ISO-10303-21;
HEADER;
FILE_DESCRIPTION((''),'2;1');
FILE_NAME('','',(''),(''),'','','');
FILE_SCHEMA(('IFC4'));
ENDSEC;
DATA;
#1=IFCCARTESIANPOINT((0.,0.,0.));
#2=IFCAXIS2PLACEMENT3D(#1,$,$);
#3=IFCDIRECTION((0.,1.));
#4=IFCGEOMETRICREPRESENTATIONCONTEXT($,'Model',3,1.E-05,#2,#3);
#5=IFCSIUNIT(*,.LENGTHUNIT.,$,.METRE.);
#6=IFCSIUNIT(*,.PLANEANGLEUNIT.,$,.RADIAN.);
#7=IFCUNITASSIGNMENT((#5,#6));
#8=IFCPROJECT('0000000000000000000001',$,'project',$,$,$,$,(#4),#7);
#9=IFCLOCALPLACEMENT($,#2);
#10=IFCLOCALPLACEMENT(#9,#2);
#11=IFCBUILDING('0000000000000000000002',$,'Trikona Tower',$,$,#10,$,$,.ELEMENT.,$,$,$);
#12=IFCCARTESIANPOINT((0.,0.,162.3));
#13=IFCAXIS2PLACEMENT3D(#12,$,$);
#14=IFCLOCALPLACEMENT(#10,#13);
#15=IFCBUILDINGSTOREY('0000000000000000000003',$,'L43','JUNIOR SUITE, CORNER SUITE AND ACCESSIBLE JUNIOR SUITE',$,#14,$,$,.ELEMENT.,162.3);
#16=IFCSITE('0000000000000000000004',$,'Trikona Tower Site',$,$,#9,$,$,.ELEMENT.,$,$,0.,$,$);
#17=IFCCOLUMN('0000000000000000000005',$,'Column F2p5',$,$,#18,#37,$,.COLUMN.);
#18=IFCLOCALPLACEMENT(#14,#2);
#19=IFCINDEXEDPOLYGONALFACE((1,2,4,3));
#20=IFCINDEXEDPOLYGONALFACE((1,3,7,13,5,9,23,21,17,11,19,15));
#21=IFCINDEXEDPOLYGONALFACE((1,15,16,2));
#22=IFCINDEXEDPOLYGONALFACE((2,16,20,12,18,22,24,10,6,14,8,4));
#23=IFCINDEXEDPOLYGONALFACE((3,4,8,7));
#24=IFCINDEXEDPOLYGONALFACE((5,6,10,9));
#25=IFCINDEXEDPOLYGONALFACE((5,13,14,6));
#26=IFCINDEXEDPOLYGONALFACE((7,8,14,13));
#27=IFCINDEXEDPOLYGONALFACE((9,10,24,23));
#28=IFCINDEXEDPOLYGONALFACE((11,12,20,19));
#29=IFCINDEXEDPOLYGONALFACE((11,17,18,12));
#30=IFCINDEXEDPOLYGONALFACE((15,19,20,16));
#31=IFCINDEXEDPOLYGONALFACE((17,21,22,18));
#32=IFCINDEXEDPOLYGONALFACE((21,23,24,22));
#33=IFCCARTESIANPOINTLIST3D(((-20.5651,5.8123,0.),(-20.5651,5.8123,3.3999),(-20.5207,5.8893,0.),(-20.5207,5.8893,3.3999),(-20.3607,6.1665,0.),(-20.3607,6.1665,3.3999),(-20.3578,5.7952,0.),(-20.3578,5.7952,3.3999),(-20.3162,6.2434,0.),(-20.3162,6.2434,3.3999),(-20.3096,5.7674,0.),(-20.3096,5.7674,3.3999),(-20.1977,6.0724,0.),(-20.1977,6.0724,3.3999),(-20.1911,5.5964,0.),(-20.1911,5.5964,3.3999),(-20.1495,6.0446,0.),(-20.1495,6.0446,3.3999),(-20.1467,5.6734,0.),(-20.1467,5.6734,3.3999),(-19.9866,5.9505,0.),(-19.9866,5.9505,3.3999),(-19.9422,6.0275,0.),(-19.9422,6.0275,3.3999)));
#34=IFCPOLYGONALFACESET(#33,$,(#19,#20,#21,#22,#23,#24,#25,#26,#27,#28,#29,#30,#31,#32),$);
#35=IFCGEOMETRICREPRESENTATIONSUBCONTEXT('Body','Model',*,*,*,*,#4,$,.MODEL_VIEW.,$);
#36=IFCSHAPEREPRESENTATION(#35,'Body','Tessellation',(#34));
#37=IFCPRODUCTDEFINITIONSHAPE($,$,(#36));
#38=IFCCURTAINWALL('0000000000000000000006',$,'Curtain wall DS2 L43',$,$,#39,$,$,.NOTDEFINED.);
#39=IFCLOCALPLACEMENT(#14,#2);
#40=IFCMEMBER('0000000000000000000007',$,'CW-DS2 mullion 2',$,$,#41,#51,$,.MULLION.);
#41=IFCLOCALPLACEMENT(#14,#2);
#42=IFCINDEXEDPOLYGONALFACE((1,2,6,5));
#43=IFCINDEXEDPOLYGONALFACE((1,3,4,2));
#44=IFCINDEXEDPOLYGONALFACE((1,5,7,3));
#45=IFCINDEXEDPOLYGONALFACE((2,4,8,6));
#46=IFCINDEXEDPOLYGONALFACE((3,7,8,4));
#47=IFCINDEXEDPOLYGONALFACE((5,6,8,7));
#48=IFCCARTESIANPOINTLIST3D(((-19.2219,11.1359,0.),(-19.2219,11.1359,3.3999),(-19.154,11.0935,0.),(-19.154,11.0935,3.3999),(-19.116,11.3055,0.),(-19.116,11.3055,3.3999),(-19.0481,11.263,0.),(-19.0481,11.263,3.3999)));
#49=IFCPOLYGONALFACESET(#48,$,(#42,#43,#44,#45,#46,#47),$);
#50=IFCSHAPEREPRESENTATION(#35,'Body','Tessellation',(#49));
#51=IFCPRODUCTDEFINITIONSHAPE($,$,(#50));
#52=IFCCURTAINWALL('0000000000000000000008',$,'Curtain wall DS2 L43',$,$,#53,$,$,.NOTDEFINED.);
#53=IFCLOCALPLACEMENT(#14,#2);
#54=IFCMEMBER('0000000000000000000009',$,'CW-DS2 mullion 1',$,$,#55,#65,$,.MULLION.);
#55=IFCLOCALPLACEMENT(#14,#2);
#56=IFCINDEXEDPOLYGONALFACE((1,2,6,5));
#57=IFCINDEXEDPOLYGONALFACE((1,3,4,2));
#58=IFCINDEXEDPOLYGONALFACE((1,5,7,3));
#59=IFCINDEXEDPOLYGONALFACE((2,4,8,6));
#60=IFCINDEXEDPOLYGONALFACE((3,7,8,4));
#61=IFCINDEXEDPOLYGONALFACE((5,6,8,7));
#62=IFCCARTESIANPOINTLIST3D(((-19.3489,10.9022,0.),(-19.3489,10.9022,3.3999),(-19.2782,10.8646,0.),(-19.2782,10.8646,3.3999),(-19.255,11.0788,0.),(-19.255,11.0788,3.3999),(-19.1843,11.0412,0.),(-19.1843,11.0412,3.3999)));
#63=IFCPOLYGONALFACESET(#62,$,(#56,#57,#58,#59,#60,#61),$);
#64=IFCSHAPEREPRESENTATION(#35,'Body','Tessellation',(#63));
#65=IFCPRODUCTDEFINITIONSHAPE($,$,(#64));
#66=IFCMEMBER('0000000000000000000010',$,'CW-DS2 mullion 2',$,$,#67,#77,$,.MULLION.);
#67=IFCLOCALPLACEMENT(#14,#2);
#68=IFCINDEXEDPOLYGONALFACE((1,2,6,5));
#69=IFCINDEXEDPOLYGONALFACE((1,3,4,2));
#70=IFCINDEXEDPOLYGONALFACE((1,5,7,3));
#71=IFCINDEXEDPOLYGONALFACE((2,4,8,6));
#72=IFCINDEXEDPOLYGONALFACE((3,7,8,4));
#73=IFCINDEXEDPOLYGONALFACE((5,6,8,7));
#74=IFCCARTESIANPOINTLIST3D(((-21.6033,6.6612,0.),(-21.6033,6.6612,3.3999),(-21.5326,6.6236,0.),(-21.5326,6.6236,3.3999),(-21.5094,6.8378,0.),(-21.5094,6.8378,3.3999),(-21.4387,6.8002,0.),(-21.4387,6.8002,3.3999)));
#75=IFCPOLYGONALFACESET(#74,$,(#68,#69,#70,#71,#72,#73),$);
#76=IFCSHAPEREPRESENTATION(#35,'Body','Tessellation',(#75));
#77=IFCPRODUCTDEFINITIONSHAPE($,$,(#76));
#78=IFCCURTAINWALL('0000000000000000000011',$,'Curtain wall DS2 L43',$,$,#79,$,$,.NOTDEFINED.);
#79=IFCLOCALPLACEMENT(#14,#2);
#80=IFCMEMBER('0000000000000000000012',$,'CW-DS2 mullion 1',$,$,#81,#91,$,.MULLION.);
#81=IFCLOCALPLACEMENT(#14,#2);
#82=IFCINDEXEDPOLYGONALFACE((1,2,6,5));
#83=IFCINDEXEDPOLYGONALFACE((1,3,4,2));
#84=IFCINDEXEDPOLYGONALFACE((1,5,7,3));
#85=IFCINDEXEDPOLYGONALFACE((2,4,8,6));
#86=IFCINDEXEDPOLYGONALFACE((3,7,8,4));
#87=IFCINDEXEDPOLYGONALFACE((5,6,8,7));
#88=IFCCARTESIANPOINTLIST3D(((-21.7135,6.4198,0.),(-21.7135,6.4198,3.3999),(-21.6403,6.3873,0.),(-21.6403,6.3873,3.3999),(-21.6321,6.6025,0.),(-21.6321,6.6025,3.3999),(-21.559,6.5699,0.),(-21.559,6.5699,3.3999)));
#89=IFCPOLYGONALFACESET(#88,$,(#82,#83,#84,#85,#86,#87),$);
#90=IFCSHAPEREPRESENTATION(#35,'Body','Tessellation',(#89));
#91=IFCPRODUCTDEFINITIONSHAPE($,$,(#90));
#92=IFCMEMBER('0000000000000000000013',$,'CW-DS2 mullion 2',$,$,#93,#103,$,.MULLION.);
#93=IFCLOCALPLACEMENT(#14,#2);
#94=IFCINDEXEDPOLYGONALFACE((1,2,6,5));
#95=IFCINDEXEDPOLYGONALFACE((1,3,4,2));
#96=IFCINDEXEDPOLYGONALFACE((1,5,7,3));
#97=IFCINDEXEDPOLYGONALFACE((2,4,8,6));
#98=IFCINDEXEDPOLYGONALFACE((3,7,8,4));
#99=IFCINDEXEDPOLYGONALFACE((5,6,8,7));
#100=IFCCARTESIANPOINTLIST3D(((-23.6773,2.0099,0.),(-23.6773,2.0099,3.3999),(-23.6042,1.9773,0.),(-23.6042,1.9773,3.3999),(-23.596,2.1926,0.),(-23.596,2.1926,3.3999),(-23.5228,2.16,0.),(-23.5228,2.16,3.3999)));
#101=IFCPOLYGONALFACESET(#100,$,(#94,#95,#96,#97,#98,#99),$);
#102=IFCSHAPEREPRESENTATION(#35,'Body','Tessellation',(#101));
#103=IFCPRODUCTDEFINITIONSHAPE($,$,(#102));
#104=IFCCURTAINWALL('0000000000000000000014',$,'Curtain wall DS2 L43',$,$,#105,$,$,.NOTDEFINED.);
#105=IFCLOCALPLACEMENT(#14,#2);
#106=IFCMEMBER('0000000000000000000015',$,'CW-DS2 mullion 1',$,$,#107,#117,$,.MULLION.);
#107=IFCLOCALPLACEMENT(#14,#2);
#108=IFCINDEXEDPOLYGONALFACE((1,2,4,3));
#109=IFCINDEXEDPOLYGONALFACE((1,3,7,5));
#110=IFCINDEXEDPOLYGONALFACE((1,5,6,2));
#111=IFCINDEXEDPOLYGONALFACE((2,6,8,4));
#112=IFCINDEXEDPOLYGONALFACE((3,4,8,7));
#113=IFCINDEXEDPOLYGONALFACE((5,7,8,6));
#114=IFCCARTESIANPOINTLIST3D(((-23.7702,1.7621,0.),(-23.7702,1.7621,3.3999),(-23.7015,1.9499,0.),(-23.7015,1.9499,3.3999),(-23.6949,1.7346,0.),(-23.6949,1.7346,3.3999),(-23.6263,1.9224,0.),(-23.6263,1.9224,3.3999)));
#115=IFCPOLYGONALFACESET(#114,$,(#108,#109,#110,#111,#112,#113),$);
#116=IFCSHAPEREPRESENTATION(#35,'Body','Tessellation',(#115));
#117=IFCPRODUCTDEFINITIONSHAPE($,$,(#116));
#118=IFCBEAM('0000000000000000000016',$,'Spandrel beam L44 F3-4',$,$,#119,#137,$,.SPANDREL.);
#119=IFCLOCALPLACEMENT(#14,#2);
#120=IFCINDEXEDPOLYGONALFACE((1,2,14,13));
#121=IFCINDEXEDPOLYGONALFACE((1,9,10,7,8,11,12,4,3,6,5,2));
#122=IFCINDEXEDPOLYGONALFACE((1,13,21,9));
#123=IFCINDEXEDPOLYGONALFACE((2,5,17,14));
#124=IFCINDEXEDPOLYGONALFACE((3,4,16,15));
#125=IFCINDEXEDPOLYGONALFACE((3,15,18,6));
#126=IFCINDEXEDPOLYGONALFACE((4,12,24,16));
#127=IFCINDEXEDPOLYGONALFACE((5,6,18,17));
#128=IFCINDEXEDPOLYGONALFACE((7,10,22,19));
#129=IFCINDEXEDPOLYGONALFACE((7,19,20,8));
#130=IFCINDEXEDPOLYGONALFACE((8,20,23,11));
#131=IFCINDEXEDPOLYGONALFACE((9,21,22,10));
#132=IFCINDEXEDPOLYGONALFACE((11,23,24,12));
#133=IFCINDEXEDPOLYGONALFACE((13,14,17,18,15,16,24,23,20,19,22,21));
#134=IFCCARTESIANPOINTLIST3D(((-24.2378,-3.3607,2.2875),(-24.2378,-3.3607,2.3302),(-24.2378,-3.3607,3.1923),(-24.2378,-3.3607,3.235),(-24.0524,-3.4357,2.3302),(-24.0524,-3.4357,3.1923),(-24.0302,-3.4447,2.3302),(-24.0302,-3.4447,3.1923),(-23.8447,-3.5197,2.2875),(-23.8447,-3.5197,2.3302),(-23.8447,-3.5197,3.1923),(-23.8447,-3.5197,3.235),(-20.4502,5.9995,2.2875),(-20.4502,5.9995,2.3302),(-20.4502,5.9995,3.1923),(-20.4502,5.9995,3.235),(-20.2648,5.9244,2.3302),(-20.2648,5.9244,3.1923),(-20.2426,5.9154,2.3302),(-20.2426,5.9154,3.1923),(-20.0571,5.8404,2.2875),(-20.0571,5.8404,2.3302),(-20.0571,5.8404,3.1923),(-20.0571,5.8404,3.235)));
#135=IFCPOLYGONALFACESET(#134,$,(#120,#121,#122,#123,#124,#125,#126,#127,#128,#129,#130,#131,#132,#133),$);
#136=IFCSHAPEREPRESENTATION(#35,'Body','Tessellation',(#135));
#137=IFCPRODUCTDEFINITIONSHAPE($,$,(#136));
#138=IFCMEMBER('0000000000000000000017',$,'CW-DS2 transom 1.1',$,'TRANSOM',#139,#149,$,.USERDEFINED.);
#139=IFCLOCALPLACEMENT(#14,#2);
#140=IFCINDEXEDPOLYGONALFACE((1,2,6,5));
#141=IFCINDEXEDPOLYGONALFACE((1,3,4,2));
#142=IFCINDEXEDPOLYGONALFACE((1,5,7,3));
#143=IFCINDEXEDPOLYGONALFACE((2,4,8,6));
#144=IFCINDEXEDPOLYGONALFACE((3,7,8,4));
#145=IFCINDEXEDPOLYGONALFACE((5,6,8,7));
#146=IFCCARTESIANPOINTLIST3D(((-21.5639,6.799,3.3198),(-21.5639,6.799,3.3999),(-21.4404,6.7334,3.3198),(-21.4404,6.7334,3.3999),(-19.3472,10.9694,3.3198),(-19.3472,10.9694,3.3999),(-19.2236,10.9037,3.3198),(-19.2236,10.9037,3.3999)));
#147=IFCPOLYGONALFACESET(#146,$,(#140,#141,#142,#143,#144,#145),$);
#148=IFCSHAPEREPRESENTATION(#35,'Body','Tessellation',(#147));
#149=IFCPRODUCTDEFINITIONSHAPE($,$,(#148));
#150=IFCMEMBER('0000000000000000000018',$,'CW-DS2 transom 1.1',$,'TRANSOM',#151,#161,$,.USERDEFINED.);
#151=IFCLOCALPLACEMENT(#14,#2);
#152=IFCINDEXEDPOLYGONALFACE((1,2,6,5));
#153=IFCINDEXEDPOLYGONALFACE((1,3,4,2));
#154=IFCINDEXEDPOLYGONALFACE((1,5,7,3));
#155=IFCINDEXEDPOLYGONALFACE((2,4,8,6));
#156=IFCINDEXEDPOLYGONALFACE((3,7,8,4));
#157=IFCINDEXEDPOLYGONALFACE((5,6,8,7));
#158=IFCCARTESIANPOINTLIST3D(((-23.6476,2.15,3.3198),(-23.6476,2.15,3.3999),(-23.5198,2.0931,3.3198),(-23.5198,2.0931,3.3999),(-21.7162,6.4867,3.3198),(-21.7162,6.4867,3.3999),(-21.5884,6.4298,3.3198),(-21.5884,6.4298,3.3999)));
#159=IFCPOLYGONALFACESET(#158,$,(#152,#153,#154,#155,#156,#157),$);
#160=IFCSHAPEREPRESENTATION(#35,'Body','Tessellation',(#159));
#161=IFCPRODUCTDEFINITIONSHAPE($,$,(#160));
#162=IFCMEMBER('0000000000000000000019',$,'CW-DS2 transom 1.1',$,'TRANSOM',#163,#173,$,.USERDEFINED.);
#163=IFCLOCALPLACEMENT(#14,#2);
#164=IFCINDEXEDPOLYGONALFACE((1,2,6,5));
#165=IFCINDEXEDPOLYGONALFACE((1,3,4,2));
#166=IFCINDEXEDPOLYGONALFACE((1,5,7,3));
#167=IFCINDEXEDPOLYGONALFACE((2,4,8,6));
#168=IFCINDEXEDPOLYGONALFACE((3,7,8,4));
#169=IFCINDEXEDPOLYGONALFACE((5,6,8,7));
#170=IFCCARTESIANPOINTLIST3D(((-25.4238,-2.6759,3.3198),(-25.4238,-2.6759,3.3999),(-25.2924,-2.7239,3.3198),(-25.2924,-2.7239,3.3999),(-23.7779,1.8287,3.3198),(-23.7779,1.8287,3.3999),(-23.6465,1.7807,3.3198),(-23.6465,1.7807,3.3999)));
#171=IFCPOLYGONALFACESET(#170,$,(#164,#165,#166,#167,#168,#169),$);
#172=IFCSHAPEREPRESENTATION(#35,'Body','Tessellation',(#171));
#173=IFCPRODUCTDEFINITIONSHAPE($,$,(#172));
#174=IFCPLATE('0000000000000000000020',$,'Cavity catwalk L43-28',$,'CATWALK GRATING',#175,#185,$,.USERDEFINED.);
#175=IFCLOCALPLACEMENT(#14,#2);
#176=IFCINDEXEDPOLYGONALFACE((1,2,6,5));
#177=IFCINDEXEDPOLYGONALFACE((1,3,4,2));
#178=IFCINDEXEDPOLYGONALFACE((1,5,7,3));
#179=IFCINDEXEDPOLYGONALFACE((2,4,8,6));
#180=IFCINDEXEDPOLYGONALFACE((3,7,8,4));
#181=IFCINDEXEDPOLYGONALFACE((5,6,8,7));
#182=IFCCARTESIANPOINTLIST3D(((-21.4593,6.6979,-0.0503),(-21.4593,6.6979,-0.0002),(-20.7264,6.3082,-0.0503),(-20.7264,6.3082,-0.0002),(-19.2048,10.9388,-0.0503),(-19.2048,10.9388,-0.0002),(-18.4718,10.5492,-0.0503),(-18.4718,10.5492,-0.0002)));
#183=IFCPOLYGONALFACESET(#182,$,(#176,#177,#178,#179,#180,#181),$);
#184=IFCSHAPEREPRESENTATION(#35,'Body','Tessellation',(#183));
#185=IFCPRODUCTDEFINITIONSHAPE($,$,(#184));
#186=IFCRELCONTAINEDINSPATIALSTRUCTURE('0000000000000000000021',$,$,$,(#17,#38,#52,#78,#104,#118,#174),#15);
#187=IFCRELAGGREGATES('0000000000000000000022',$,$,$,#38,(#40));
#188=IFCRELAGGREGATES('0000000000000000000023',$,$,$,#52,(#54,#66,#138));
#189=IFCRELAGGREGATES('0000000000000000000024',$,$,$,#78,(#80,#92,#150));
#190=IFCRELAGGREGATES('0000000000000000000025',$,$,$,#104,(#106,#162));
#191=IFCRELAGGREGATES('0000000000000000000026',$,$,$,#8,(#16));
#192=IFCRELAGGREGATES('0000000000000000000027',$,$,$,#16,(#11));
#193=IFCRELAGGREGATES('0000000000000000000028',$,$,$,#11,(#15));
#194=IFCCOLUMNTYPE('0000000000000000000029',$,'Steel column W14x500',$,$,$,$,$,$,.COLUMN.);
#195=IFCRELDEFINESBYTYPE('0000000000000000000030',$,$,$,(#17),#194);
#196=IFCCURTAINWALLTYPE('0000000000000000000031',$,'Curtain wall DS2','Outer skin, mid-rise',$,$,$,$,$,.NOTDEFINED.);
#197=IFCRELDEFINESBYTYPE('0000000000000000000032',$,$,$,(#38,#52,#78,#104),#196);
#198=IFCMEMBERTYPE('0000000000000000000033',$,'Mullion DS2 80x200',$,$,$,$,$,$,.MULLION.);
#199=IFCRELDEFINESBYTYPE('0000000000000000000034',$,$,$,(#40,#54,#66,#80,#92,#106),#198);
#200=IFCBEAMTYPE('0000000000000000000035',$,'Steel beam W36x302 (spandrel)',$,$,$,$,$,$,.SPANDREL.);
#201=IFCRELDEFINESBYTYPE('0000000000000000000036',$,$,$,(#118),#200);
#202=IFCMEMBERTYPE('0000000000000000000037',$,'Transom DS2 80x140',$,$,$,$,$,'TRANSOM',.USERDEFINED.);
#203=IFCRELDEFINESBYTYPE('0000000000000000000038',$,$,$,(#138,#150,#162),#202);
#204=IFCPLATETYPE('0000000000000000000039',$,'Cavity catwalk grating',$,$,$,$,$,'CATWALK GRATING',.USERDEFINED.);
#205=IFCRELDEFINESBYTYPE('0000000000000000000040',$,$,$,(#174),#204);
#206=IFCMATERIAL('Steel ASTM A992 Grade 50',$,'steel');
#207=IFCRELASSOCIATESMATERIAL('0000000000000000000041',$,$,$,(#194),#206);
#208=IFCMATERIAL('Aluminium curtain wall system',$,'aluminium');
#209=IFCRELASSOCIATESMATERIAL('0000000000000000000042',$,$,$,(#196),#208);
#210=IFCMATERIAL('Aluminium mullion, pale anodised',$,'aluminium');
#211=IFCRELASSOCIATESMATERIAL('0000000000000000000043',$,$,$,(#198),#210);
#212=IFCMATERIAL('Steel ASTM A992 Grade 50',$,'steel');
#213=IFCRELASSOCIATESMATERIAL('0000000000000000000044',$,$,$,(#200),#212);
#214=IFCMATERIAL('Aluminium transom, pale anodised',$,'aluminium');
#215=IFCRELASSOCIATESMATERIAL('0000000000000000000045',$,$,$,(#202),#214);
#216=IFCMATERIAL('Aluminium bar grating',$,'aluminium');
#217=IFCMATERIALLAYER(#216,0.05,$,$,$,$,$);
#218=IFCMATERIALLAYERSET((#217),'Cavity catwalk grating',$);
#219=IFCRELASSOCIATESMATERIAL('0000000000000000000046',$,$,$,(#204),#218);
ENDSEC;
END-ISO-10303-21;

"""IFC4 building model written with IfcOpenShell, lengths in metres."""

from ifc_helpers import new_model, si_unit, direction, frame, origin, origin_2d, place, context, subcontext, project, spatial, rectangle, i_section, extrude, material, layer, layer_set, material_profile, profile_set, type_object, element, aggregate, save


model = new_model("IFC4")

# Units and contexts
model_context = context("Model", 3, precision=1e-05, world=origin(), true_north=direction((0.0, 1.0)))
body_context = subcontext(model_context, "Body", "Model", "MODEL_VIEW")
ifc_project = project(units=[si_unit("LENGTHUNIT", "METRE"), si_unit("PLANEANGLEUNIT", "RADIAN")], contexts=[model_context])

# Site, building, storey
site_placement = place(None, origin())
site = spatial("IfcSite", under=ifc_project, at=site_placement, Name="Trikona Tower Site", CompositionType="ELEMENT", RefElevation=0.0)
building_placement = place(site_placement, origin())
building = spatial("IfcBuilding", under=site, at=building_placement, Name="Trikona Tower", CompositionType="ELEMENT")
storey_placement = place(building_placement, frame((0.0, 0.0, 162.3)))
storey = spatial("IfcBuildingStorey", under=building, at=storey_placement, Name="L43", Description="JUNIOR SUITE, CORNER SUITE AND ACCESSIBLE JUNIOR SUITE", CompositionType="ELEMENT", Elevation=162.3)

# Column
ifc_material_1 = material(Name="Steel ASTM A992 Grade 50", Category="steel")
ifc_material_profile_1 = material_profile(ifc_material_1, i_section(OverallWidth=0.4319, OverallDepth=0.4978, WebThickness=0.0557, FlangeThickness=0.0889, at=origin_2d()), Name="W14X500")
ifc_profile_set_1 = profile_set([ifc_material_profile_1], Name="Steel ASTM A992 Grade 50")
column_type = type_object("IfcColumnType", Name="Steel column W14x500", PredefinedType="COLUMN", material=ifc_profile_set_1)
column_placement = place(storey_placement, frame((-20.2537, 5.9199, 0.0), z_axis=(0.0, 0.0, 1.0), x_axis=(-0.866025, 0.5, 0.0)))
element("IfcColumn", 1, at=column_placement, inside=storey, type_object=column_type, Name="Column F2p5", PredefinedType="COLUMN", context=body_context, shape_type="SweptSolid", body=[
    extrude(i_section(OverallWidth=0.4319, OverallDepth=0.4978, WebThickness=0.0557, FlangeThickness=0.0889, at=origin_2d()), origin(), (0.0, 0.0, 1.0), 3.3999),
])

# Curtain wall, member
ifc_material_2 = material(Name="Aluminium curtain wall system", Category="aluminium")
curtain_wall_type = type_object("IfcCurtainWallType", Name="Curtain wall DS2", Description="Outer skin, mid-rise", PredefinedType="NOTDEFINED", material=ifc_material_2)
curtain_wall_1_placement = place(storey_placement, origin())
curtain_wall_1 = element("IfcCurtainWall", 2, at=curtain_wall_1_placement, inside=storey, type_object=curtain_wall_type, Name="Curtain wall DS2 L43", PredefinedType="NOTDEFINED")
ifc_material_3 = material(Name="Aluminium mullion, pale anodised", Category="aluminium")
ifc_material_profile_2 = material_profile(ifc_material_3, rectangle(XDim=0.0801, YDim=0.2, at=origin_2d()), Name="MUL-DS2")
ifc_profile_set_2 = profile_set([ifc_material_profile_2], Name="Aluminium mullion, pale anodised")
member_type_1 = type_object("IfcMemberType", Name="Mullion DS2 80x200", PredefinedType="MULLION", material=ifc_profile_set_2)
member_1_placement = place(storey_placement, frame((-19.135, 11.1995, 0.0), z_axis=(0.0, 0.0, 1.0), x_axis=(0.847998, -0.529999, 0.0)))
member_1 = element("IfcMember", 3, at=member_1_placement, type_object=member_type_1, Name="CW-DS2 mullion 2", PredefinedType="MULLION", context=body_context, shape_type="SweptSolid", body=[
    extrude(rectangle(XDim=0.0801, YDim=0.2, at=origin_2d()), origin(), (0.0, 0.0, 1.0), 3.3999),
])
aggregate(curtain_wall_1, [member_1])

# Curtain walls, members
curtain_wall_2_placement = place(storey_placement, origin())
curtain_wall_2 = element("IfcCurtainWall", 4, at=curtain_wall_2_placement, inside=storey, type_object=curtain_wall_type, Name="Curtain wall DS2 L43", PredefinedType="NOTDEFINED")
member_2_placement = place(storey_placement, frame((-19.2666, 10.9717, 0.0), z_axis=(0.0, 0.0, 1.0), x_axis=(0.882996, -0.46938, 0.0)))
member_2 = element("IfcMember", 5, at=member_2_placement, type_object=member_type_1, Name="CW-DS2 mullion 1", PredefinedType="MULLION", context=body_context, shape_type="SweptSolid", body=[
    extrude(rectangle(XDim=0.0801, YDim=0.2, at=origin_2d()), origin(), (0.0, 0.0, 1.0), 3.3999),
])
member_3_placement = place(storey_placement, frame((-21.521, 6.7307, 0.0), z_axis=(0.0, 0.0, 1.0), x_axis=(0.882996, -0.46938, 0.0)))
member_3 = element("IfcMember", 6, at=member_3_placement, type_object=member_type_1, Name="CW-DS2 mullion 2", PredefinedType="MULLION", context=body_context, shape_type="SweptSolid", body=[
    extrude(rectangle(XDim=0.0801, YDim=0.2, at=origin_2d()), origin(), (0.0, 0.0, 1.0), 3.3999),
])
curtain_wall_3_placement = place(storey_placement, origin())
curtain_wall_3 = element("IfcCurtainWall", 7, at=curtain_wall_3_placement, inside=storey, type_object=curtain_wall_type, Name="Curtain wall DS2 L43", PredefinedType="NOTDEFINED")
member_4_placement = place(storey_placement, frame((-21.6362, 6.4949, 0.0), z_axis=(0.0, 0.0, 1.0), x_axis=(0.913501, -0.406836, 0.0)))
member_4 = element("IfcMember", 8, at=member_4_placement, type_object=member_type_1, Name="CW-DS2 mullion 1", PredefinedType="MULLION", context=body_context, shape_type="SweptSolid", body=[
    extrude(rectangle(XDim=0.0801, YDim=0.2, at=origin_2d()), origin(), (0.0, 0.0, 1.0), 3.3999),
])
member_5_placement = place(storey_placement, frame((-23.6001, 2.085, 0.0), z_axis=(0.0, 0.0, 1.0), x_axis=(0.913501, -0.406836, 0.0)))
member_5 = element("IfcMember", 9, at=member_5_placement, type_object=member_type_1, Name="CW-DS2 mullion 2", PredefinedType="MULLION", context=body_context, shape_type="SweptSolid", body=[
    extrude(rectangle(XDim=0.0801, YDim=0.2, at=origin_2d()), origin(), (0.0, 0.0, 1.0), 3.3999),
])

# Curtain wall, member
curtain_wall_4_placement = place(storey_placement, origin())
curtain_wall_4 = element("IfcCurtainWall", 10, at=curtain_wall_4_placement, inside=storey, type_object=curtain_wall_type, Name="Curtain wall DS2 L43", PredefinedType="NOTDEFINED")
member_6_placement = place(storey_placement, frame((-23.6982, 1.8423, 0.0), z_axis=(0.0, 0.0, 1.0), x_axis=(0.939254, -0.343223, 0.0)))
member_6 = element("IfcMember", 11, at=member_6_placement, type_object=member_type_1, Name="CW-DS2 mullion 1", PredefinedType="MULLION", context=body_context, shape_type="SweptSolid", body=[
    extrude(rectangle(XDim=0.0801, YDim=0.2, at=origin_2d()), origin(), (0.0, 0.0, 1.0), 3.3999),
])

# Beam
ifc_material_4 = material(Name="Steel ASTM A992 Grade 50", Category="steel")
ifc_material_profile_3 = material_profile(ifc_material_4, i_section(OverallWidth=0.4241, OverallDepth=0.9475, WebThickness=0.0239, FlangeThickness=0.0427, at=origin_2d()), Name="W36X302")
ifc_profile_set_3 = profile_set([ifc_material_profile_3], Name="Steel ASTM A992 Grade 50")
beam_type = type_object("IfcBeamType", Name="Steel beam W36x302 (spandrel)", PredefinedType="SPANDREL", material=ifc_profile_set_3)
beam_placement = place(storey_placement, frame((-20.2537, 5.9199, 2.7612), z_axis=(-0.375106, -0.926982, 0.0), x_axis=(0.926982, -0.375106, 0.0)))
element("IfcBeam", 12, at=beam_placement, inside=storey, type_object=beam_type, Name="Spandrel beam L44 F3-4", PredefinedType="SPANDREL", context=body_context, shape_type="SweptSolid", body=[
    extrude(i_section(OverallWidth=0.4241, OverallDepth=0.9475, WebThickness=0.0239, FlangeThickness=0.0427, at=origin_2d()), origin(), (0.0, 0.0, 1.0), 10.0974),
])

# Members
ifc_material_5 = material(Name="Aluminium transom, pale anodised", Category="aluminium")
ifc_material_profile_4 = material_profile(ifc_material_5, rectangle(XDim=0.1399, YDim=0.0801, at=origin_2d()), Name="TRN-DS2")
ifc_profile_set_4 = profile_set([ifc_material_profile_4], Name="Aluminium transom, pale anodised")
member_type_2 = type_object("IfcMemberType", Name="Transom DS2 80x140", ElementType="TRANSOM", PredefinedType="USERDEFINED", material=ifc_profile_set_4)
member_7_placement = place(storey_placement, frame((-19.2854, 10.9365, 3.3599), z_axis=(-0.469364, -0.883005, 0.0), x_axis=(0.883005, -0.469364, 0.0)))
member_7 = element("IfcMember", 13, at=member_7_placement, type_object=member_type_2, Name="CW-DS2 transom 1.1", ObjectType="TRANSOM", PredefinedType="USERDEFINED", context=body_context, shape_type="SweptSolid", body=[
    extrude(rectangle(XDim=0.1399, YDim=0.0801, at=origin_2d()), origin(), (0.0, 0.0, 1.0), 4.7229),
])
member_8_placement = place(storey_placement, frame((-21.6523, 6.4583, 3.3599), z_axis=(-0.40684, -0.9135, 0.0), x_axis=(0.9135, -0.40684, 0.0)))
member_8 = element("IfcMember", 14, at=member_8_placement, type_object=member_type_2, Name="CW-DS2 transom 1.1", ObjectType="TRANSOM", PredefinedType="USERDEFINED", context=body_context, shape_type="SweptSolid", body=[
    extrude(rectangle(XDim=0.1399, YDim=0.0801, at=origin_2d()), origin(), (0.0, 0.0, 1.0), 4.7473),
])
member_9_placement = place(storey_placement, frame((-23.7122, 1.8047, 3.3599), z_axis=(-0.343206, -0.93926, 0.0), x_axis=(0.93926, -0.343206, 0.0)))
member_9 = element("IfcMember", 15, at=member_9_placement, type_object=member_type_2, Name="CW-DS2 transom 1.1", ObjectType="TRANSOM", PredefinedType="USERDEFINED", context=body_context, shape_type="SweptSolid", body=[
    extrude(rectangle(XDim=0.1399, YDim=0.0801, at=origin_2d()), origin(), (0.0, 0.0, 1.0), 4.7959),
])

# Plate
ifc_material_6 = material(Name="Aluminium bar grating", Category="aluminium")
ifc_layer_1 = layer(ifc_material_6, 0.05)
ifc_layer_set_1 = layer_set([ifc_layer_1], Name="Cavity catwalk grating")
plate_type_1 = type_object("IfcPlateType", Name="Cavity catwalk grating", ElementType="CATWALK GRATING", PredefinedType="USERDEFINED", material=ifc_layer_set_1)
plate_1_placement = place(storey_placement, frame((-19.9656, 8.6235, -0.0503), z_axis=(0.0, 0.0, 1.0), x_axis=(-0.469398, -0.882987, 0.0)))
element("IfcPlate", 16, at=plate_1_placement, inside=storey, type_object=plate_type_1, Name="Cavity catwalk L43-28", ObjectType="CATWALK GRATING", PredefinedType="USERDEFINED", context=body_context, shape_type="SweptSolid", body=[
    extrude(rectangle(XDim=4.803, YDim=0.8301, at=origin_2d()), origin(), (0.0, 0.0, 1.0), 0.05),
])

aggregate(curtain_wall_2, [member_2, member_3, member_7])
aggregate(curtain_wall_3, [member_4, member_5, member_8])
aggregate(curtain_wall_4, [member_6, member_9])

save(model, "model.ifc")
